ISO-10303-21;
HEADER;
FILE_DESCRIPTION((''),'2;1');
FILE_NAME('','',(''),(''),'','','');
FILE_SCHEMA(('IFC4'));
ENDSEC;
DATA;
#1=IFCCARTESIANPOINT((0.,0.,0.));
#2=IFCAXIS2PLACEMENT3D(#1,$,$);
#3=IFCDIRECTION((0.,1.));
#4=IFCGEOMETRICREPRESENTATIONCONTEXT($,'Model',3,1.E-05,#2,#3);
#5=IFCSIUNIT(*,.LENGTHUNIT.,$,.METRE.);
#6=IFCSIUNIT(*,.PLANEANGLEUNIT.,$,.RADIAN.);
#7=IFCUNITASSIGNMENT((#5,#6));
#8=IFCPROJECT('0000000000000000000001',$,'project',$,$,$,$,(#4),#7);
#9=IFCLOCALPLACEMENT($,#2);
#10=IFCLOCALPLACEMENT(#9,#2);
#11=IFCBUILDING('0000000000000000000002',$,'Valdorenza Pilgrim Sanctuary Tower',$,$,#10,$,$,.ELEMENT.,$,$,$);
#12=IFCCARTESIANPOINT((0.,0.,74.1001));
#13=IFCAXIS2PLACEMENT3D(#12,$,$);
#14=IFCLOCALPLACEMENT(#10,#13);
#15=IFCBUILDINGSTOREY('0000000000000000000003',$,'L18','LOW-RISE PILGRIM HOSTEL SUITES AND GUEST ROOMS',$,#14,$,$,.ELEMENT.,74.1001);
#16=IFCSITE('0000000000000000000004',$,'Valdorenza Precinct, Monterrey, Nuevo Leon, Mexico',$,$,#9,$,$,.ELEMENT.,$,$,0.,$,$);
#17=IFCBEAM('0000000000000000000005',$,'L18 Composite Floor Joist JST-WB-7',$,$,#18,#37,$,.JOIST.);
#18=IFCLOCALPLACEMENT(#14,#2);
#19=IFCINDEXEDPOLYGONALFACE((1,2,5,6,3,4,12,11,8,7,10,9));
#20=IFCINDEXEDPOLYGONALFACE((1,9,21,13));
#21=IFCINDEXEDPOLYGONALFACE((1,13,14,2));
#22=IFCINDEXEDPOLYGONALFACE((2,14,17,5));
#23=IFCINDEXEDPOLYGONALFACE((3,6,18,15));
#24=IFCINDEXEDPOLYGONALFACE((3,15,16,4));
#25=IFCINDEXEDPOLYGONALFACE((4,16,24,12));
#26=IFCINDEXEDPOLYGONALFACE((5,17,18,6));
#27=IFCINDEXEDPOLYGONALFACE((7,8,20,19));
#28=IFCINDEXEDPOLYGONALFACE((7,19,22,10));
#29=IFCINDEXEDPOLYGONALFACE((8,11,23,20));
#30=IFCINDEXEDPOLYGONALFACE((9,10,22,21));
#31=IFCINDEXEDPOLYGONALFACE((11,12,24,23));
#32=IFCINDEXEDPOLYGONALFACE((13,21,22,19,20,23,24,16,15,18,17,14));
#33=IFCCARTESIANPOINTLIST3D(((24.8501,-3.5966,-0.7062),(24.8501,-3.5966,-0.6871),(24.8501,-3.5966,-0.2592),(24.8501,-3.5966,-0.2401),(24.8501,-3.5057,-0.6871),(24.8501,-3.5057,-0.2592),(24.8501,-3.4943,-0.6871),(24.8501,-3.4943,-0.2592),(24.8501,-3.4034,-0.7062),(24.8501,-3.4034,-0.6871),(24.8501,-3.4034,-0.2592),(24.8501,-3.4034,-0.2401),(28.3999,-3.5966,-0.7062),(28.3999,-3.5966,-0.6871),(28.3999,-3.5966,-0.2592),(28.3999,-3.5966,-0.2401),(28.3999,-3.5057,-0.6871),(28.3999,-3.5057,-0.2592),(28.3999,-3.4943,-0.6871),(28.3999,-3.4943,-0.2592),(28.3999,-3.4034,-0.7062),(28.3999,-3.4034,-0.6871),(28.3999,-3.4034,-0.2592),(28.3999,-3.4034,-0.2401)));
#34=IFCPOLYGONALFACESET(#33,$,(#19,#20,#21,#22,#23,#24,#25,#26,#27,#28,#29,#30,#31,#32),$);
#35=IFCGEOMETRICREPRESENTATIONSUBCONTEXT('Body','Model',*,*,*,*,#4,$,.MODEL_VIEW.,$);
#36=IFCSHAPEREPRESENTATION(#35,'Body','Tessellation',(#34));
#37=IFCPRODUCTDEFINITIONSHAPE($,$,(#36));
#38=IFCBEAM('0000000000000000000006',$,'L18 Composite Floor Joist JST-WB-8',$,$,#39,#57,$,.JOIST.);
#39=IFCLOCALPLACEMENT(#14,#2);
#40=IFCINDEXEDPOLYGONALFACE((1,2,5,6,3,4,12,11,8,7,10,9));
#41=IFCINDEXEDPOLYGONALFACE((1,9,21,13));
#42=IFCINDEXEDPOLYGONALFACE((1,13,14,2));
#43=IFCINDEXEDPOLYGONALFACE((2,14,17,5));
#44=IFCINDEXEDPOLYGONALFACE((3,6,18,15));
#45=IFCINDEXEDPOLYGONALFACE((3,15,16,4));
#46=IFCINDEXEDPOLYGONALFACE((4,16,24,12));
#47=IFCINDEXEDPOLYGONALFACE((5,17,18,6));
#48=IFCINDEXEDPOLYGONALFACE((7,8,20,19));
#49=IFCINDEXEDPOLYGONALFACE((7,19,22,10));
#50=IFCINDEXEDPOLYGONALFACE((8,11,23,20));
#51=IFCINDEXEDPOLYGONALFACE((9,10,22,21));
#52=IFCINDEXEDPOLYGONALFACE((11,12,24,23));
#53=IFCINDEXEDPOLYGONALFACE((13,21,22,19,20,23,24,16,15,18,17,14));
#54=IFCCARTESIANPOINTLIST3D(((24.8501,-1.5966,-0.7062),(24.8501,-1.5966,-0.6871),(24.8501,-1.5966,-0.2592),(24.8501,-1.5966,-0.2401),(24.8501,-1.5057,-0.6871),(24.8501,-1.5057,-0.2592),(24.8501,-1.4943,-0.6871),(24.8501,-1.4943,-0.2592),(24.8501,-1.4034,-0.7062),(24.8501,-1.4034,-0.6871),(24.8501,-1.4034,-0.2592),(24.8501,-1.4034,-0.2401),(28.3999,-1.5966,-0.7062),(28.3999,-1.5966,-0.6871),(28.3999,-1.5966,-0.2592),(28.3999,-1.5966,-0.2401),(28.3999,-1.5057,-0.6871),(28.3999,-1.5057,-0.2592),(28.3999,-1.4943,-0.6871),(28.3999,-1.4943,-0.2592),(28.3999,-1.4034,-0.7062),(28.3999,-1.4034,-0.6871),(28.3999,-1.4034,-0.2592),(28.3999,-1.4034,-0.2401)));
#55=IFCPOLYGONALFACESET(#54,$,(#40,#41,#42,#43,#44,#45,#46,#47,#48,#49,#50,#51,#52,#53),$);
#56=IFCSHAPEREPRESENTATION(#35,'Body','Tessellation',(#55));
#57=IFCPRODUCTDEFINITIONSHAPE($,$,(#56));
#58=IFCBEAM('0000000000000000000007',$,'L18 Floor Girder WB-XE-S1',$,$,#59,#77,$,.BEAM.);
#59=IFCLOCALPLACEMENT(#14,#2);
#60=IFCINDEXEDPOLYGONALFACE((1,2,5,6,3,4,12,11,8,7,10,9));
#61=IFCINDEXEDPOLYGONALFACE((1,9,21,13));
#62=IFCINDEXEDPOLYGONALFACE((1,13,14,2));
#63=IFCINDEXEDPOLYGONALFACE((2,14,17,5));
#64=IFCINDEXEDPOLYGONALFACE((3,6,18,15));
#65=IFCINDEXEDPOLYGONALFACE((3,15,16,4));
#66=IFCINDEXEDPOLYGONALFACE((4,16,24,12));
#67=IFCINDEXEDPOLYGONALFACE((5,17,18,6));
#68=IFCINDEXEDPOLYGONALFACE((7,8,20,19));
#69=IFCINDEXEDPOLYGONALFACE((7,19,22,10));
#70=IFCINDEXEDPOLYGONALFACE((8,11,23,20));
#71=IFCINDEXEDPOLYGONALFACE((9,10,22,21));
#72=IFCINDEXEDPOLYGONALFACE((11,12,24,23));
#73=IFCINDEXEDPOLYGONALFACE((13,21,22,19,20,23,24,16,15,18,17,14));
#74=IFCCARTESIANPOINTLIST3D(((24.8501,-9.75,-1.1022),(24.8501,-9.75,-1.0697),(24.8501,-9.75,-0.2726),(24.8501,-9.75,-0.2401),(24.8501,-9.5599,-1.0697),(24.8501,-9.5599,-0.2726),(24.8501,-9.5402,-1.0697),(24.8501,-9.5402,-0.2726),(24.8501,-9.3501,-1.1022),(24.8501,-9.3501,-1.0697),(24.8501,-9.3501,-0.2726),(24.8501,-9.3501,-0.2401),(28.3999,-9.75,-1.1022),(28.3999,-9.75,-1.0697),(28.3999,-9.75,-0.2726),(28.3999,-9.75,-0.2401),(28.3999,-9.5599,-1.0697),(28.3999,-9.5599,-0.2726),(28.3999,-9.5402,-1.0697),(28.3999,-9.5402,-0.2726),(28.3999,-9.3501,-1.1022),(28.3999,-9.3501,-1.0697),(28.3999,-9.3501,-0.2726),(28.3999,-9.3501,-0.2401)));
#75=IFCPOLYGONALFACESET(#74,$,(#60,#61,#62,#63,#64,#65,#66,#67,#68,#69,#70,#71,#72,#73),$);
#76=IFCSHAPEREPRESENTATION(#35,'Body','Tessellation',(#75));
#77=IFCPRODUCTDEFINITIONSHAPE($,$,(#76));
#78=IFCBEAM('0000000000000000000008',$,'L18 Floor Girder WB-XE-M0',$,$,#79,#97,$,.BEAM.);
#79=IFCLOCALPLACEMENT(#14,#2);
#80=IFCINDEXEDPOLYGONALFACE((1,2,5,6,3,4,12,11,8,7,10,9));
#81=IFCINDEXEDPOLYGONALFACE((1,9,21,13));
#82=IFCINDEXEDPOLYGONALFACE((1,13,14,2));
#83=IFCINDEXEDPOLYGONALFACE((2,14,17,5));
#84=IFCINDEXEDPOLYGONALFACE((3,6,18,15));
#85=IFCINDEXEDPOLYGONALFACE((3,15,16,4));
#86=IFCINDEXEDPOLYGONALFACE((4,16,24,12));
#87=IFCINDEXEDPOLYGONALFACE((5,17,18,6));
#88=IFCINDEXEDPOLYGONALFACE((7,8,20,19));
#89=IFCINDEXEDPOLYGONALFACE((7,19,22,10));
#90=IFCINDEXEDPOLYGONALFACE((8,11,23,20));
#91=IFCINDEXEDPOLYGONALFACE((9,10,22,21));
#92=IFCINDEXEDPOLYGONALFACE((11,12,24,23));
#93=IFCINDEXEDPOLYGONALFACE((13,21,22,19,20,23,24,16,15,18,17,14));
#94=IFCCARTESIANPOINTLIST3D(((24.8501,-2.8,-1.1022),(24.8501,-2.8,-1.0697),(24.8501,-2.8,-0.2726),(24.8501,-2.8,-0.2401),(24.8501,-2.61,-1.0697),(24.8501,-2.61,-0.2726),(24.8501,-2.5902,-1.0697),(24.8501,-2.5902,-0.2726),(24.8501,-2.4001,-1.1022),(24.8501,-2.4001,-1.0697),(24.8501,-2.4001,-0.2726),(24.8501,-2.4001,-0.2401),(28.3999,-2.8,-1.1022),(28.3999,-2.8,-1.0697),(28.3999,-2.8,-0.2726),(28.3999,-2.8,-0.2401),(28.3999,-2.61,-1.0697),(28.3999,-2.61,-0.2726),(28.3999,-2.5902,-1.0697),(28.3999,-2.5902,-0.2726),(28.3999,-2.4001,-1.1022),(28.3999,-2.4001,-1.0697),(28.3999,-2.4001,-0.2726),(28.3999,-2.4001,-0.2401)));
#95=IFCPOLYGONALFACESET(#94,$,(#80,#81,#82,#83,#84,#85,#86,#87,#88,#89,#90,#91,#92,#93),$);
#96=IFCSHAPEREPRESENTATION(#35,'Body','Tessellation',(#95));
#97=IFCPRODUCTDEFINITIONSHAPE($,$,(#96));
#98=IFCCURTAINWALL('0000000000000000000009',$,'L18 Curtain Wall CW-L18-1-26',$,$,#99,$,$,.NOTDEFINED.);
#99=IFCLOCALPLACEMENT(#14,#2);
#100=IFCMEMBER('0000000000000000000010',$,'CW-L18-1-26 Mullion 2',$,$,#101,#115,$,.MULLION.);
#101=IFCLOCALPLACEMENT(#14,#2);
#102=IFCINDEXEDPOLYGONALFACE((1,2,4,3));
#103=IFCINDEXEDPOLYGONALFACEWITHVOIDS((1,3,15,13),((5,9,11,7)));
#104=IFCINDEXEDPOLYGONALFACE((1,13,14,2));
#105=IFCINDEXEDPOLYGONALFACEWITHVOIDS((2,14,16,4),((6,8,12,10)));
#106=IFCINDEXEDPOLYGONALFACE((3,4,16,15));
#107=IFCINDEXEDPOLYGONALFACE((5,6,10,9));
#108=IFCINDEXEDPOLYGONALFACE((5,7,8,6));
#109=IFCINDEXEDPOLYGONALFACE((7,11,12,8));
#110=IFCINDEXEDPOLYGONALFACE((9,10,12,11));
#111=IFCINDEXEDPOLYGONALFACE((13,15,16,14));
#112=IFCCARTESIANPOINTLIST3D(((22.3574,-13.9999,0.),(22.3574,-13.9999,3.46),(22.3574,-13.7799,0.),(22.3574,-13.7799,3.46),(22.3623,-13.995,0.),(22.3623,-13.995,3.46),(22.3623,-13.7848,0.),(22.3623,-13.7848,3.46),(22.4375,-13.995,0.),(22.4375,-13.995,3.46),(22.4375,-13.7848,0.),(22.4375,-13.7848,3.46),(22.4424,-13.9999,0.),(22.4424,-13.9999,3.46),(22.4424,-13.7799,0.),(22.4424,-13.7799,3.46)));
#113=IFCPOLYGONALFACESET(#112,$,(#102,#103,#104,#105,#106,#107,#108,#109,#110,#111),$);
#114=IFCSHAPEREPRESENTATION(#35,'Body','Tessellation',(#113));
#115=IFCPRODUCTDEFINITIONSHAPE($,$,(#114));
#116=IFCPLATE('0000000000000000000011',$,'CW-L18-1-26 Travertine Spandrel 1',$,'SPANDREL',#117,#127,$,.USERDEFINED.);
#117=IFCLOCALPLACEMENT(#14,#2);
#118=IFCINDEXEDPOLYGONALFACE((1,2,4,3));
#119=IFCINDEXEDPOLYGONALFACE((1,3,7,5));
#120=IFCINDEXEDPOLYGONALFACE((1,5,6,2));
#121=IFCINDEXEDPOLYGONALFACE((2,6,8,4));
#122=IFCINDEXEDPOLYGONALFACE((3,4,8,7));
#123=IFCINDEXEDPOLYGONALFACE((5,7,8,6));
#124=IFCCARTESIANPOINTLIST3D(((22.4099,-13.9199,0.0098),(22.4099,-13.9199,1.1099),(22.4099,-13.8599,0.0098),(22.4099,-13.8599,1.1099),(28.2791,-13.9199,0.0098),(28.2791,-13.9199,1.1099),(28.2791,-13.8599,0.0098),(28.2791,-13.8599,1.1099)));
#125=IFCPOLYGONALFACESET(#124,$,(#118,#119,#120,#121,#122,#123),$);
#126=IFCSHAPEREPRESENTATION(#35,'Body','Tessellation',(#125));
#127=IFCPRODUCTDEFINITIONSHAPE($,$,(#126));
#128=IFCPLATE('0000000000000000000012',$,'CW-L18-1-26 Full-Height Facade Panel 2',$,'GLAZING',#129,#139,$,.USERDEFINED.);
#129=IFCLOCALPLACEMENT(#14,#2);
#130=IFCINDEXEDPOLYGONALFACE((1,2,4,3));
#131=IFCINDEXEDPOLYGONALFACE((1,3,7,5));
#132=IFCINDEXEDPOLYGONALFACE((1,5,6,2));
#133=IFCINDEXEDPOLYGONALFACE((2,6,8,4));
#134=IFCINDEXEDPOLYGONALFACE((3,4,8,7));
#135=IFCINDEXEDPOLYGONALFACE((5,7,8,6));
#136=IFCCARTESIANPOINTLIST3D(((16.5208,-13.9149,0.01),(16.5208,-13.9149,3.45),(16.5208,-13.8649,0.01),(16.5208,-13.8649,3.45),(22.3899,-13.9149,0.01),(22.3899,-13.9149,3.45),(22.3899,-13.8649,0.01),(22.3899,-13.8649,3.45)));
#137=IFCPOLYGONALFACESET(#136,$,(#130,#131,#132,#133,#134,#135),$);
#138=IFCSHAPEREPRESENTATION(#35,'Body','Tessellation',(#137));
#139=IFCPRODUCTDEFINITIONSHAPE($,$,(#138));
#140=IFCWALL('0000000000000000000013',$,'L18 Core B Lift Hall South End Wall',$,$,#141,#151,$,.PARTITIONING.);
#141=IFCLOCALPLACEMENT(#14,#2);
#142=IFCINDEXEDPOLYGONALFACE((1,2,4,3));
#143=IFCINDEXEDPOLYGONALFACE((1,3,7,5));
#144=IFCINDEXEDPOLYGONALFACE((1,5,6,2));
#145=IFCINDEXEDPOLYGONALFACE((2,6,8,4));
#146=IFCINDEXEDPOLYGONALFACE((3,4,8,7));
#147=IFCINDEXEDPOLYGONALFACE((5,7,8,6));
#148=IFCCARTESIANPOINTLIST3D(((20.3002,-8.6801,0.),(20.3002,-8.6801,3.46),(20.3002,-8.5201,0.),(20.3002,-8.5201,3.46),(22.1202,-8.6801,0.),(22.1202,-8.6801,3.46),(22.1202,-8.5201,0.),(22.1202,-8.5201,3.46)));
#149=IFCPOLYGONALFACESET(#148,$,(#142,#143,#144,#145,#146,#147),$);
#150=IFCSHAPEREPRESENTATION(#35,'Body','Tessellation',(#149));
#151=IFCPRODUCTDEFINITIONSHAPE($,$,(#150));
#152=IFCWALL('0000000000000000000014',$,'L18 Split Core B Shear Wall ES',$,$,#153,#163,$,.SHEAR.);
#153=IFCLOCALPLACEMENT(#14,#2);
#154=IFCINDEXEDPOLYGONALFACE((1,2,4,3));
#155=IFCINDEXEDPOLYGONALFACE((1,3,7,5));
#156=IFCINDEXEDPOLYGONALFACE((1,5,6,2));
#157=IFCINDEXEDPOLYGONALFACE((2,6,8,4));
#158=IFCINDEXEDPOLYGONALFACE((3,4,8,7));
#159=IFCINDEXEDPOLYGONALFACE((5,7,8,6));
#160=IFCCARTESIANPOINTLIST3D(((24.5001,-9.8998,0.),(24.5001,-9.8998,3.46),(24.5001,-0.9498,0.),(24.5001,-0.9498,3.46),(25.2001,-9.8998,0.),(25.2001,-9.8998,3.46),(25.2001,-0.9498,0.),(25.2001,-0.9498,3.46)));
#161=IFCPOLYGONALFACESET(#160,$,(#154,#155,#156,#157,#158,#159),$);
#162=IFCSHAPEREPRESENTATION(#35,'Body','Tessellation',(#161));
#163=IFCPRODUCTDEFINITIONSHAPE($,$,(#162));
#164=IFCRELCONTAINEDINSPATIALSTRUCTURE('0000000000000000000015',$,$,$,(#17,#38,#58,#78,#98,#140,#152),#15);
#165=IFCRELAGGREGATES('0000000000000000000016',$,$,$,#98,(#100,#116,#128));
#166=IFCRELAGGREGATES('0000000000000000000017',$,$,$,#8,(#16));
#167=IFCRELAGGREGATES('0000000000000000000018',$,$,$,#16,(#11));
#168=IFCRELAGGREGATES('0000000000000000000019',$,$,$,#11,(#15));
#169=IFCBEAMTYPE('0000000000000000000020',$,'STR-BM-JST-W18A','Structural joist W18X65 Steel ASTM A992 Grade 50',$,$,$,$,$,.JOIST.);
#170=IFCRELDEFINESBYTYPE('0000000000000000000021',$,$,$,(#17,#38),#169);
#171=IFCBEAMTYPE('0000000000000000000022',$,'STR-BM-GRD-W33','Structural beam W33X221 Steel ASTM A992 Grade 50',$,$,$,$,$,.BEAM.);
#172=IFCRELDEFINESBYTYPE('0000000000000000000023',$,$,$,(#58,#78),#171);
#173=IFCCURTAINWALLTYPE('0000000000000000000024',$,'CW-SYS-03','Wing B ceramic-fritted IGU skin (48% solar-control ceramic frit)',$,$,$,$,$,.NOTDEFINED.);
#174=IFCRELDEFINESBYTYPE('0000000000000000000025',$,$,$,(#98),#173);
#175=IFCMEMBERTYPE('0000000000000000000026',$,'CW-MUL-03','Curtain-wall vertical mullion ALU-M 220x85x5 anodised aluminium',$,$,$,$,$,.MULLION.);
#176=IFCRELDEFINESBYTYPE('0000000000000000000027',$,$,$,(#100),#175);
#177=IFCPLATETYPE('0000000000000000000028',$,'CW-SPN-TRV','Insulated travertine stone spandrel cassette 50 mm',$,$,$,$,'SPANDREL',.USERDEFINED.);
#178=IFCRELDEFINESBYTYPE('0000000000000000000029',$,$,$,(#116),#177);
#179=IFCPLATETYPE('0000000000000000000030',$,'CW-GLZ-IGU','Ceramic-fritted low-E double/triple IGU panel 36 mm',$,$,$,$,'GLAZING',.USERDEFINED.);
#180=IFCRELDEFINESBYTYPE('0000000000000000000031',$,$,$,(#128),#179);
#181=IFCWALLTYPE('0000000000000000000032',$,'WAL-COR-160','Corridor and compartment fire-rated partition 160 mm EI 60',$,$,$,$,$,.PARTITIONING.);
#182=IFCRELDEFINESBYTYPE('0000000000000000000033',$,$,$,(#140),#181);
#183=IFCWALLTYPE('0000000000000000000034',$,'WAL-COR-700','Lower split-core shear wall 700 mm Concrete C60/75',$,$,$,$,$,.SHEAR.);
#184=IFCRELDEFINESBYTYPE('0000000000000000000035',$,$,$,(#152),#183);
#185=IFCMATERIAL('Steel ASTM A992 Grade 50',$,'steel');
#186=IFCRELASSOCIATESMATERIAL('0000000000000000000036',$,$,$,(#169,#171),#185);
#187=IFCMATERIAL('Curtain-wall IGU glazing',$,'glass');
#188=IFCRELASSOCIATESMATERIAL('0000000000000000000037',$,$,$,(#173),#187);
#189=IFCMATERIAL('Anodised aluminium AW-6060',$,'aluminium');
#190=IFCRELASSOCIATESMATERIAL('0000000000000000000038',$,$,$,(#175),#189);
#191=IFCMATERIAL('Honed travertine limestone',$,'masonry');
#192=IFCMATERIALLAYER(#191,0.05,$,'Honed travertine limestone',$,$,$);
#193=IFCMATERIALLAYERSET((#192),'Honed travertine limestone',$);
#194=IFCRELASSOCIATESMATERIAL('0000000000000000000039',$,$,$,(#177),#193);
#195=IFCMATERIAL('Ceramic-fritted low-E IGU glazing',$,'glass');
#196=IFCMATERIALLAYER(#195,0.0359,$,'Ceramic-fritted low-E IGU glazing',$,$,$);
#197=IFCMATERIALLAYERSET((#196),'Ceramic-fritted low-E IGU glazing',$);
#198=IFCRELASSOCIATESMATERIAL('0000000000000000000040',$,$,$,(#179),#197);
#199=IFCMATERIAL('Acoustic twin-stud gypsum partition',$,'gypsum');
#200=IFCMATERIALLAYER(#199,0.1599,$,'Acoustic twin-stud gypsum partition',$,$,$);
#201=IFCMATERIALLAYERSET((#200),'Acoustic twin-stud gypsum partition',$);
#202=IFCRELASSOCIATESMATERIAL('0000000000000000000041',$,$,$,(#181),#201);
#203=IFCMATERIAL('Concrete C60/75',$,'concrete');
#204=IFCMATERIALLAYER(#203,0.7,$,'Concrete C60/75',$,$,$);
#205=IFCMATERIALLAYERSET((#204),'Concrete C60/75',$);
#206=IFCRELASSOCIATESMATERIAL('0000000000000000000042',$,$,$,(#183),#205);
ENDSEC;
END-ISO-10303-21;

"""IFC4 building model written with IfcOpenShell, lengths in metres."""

from ifc_helpers import new_model, si_unit, direction, frame, frame_2d, origin, origin_2d, place, context, subcontext, project, spatial, rectangle, hollow_rectangle, i_section, extrude, source, transform, mapped, material, layer, layer_set, material_profile, profile_set, type_object, element, aggregate, save


model = new_model("IFC4")

# Units and contexts
model_context = context("Model", 3, precision=1e-05, world=origin(), true_north=direction((0.0, 1.0)))
body_context = subcontext(model_context, "Body", "Model", "MODEL_VIEW")
ifc_project = project(units=[si_unit("LENGTHUNIT", "METRE"), si_unit("PLANEANGLEUNIT", "RADIAN")], contexts=[model_context])

# Site, building, storey
site_placement = place(None, origin())
site = spatial("IfcSite", under=ifc_project, at=site_placement, Name="Valdorenza Precinct, Monterrey, Nuevo Leon, Mexico", CompositionType="ELEMENT", RefElevation=0.0)
building_placement = place(site_placement, origin())
building = spatial("IfcBuilding", under=site, at=building_placement, Name="Valdorenza Pilgrim Sanctuary Tower", CompositionType="ELEMENT")
storey_placement = place(building_placement, frame((0.0, 0.0, 74.1001)))
storey = spatial("IfcBuildingStorey", under=building, at=storey_placement, Name="L18", Description="LOW-RISE PILGRIM HOSTEL SUITES AND GUEST ROOMS", CompositionType="ELEMENT", Elevation=74.1001)

# Shared definitions
ifc_material_1 = material(Name="Concrete C60/75", Category="concrete")

# Beams
ifc_material_2 = material(Name="Steel ASTM A992 Grade 50", Category="steel")
ifc_material_profile_1 = material_profile(ifc_material_2, i_section(OverallWidth=0.1931, OverallDepth=0.4661, WebThickness=0.0115, FlangeThickness=0.019, at=origin_2d()), Name="W18X65")
ifc_profile_set_1 = profile_set([ifc_material_profile_1], Name="Steel ASTM A992 Grade 50")
beam_type_1 = type_object("IfcBeamType", Name="STR-BM-JST-W18A", Description="Structural joist W18X65 Steel ASTM A992 Grade 50", PredefinedType="JOIST", material=ifc_profile_set_1)
shared_shape_1 = source(origin(), body_context, "Body", "SweptSolid", [
    extrude(i_section(OverallWidth=0.1931, OverallDepth=0.4661, WebThickness=0.0115, FlangeThickness=0.019, at=origin_2d()), origin(), (0.0, 0.0, 1.0), 3.5498),
])
for number, where, z_axis, x_axis, name in (
    (1, (24.8501, -3.5, -0.4731), (1.0, 0.0, 0.0), (0.0, 1.0, 0.0), "L18 Composite Floor Joist JST-WB-7"),
    (2, (24.8501, -1.5, -0.4731), (1.0, 0.0, 0.0), (0.0, 1.0, 0.0), "L18 Composite Floor Joist JST-WB-8"),
):
    element("IfcBeam", number, at=place(storey_placement, frame(where, z_axis=z_axis, x_axis=x_axis)), inside=storey, type_object=beam_type_1, Name=name, PredefinedType="JOIST", context=body_context, shape_type="MappedRepresentation", body=[
        mapped(shared_shape_1, transform((0.0, 0.0, 0.0), x_axis=(1.0, 0.0, 0.0), y_axis=(0.0, 1.0, 0.0), z_axis=(0.0, 0.0, 1.0), scale=1.0)),
    ])
ifc_material_profile_2 = material_profile(ifc_material_2, i_section(OverallWidth=0.3999, OverallDepth=0.8621, WebThickness=0.0198, FlangeThickness=0.0325, at=origin_2d()), Name="W33X221")
ifc_profile_set_2 = profile_set([ifc_material_profile_2], Name="Steel ASTM A992 Grade 50")
beam_type_2 = type_object("IfcBeamType", Name="STR-BM-GRD-W33", Description="Structural beam W33X221 Steel ASTM A992 Grade 50", PredefinedType="BEAM", material=ifc_profile_set_2)
shared_shape_2 = source(origin(), body_context, "Body", "SweptSolid", [
    extrude(i_section(OverallWidth=0.3999, OverallDepth=0.8621, WebThickness=0.0198, FlangeThickness=0.0325, at=origin_2d()), origin(), (0.0, 0.0, 1.0), 3.5498),
])
for number, where, z_axis, x_axis, name in (
    (3, (24.8501, -9.55, -0.6711), (1.0, 0.0, 0.0), (0.0, 1.0, 0.0), "L18 Floor Girder WB-XE-S1"),
    (4, (24.8501, -2.6001, -0.6711), (1.0, 0.0, 0.0), (0.0, 1.0, 0.0), "L18 Floor Girder WB-XE-M0"),
):
    element("IfcBeam", number, at=place(storey_placement, frame(where, z_axis=z_axis, x_axis=x_axis)), inside=storey, type_object=beam_type_2, Name=name, PredefinedType="BEAM", context=body_context, shape_type="MappedRepresentation", body=[
        mapped(shared_shape_2, transform((0.0, 0.0, 0.0), x_axis=(1.0, 0.0, 0.0), y_axis=(0.0, 1.0, 0.0), z_axis=(0.0, 0.0, 1.0), scale=1.0)),
    ])

# Curtain wall, member, plates
ifc_material_3 = material(Name="Curtain-wall IGU glazing", Category="glass")
curtain_wall_type = type_object("IfcCurtainWallType", Name="CW-SYS-03", Description="Wing B ceramic-fritted IGU skin (48% solar-control ceramic frit)", PredefinedType="NOTDEFINED", material=ifc_material_3)
curtain_wall_placement = place(storey_placement, origin())
curtain_wall = element("IfcCurtainWall", 5, at=curtain_wall_placement, inside=storey, type_object=curtain_wall_type, Name="L18 Curtain Wall CW-L18-1-26", PredefinedType="NOTDEFINED")
ifc_material_4 = material(Name="Anodised aluminium AW-6060", Category="aluminium")
ifc_material_profile_3 = material_profile(ifc_material_4, hollow_rectangle(XDim=0.085, YDim=0.22, WallThickness=0.0049, at=origin_2d()), Name="ALU-M 220x85x5")
ifc_profile_set_3 = profile_set([ifc_material_profile_3], Name="Anodised aluminium AW-6060")
member_type = type_object("IfcMemberType", Name="CW-MUL-03", Description="Curtain-wall vertical mullion ALU-M 220x85x5 anodised aluminium", PredefinedType="MULLION", material=ifc_profile_set_3)
shared_shape_3 = source(origin(), body_context, "Body", "SweptSolid", [
    extrude(hollow_rectangle(XDim=0.085, YDim=0.22, WallThickness=0.0049, at=origin_2d()), origin(), (0.0, 0.0, 1.0), 3.46),
])
member_placement = place(storey_placement, frame((22.3999, -13.8899, 0.0), z_axis=(0.0, 0.0, 1.0), x_axis=(-1.0, 0.0, 0.0)))
member = element("IfcMember", 6, at=member_placement, type_object=member_type, Name="CW-L18-1-26 Mullion 2", PredefinedType="MULLION", context=body_context, shape_type="MappedRepresentation", body=[
    mapped(shared_shape_3, transform((0.0, 0.0, 0.0), x_axis=(1.0, 0.0, 0.0), y_axis=(0.0, 1.0, 0.0), z_axis=(0.0, 0.0, 1.0), scale=1.0)),
])
ifc_material_5 = material(Name="Honed travertine limestone", Category="masonry")
ifc_layer_1 = layer(ifc_material_5, 0.05, Name="Honed travertine limestone")
ifc_layer_set_1 = layer_set([ifc_layer_1], Name="Honed travertine limestone")
plate_type_1 = type_object("IfcPlateType", Name="CW-SPN-TRV", Description="Insulated travertine stone spandrel cassette 50 mm", ElementType="SPANDREL", PredefinedType="USERDEFINED", material=ifc_layer_set_1)
shared_shape_4 = source(origin(), body_context, "Body", "SweptSolid", [
    extrude(rectangle(XDim=5.8691, YDim=0.0601, at=origin_2d()), origin(), (0.0, 0.0, 1.0), 1.1001),
])
plate_1_placement = place(storey_placement, frame((25.3445, -13.8899, 0.0098), z_axis=(0.0, 0.0, 1.0), x_axis=(-1.0, 0.0, 0.0)))
plate_1 = element("IfcPlate", 7, at=plate_1_placement, type_object=plate_type_1, Name="CW-L18-1-26 Travertine Spandrel 1", ObjectType="SPANDREL", PredefinedType="USERDEFINED", context=body_context, shape_type="MappedRepresentation", body=[
    mapped(shared_shape_4, transform((0.0, 0.0, 0.0), x_axis=(1.0, 0.0, 0.0), y_axis=(0.0, 1.0, 0.0), z_axis=(0.0, 0.0, 1.0), scale=1.0)),
])
ifc_material_6 = material(Name="Ceramic-fritted low-E IGU glazing", Category="glass")
ifc_layer_2 = layer(ifc_material_6, 0.0359, Name="Ceramic-fritted low-E IGU glazing")
ifc_layer_set_2 = layer_set([ifc_layer_2], Name="Ceramic-fritted low-E IGU glazing")
plate_type_2 = type_object("IfcPlateType", Name="CW-GLZ-IGU", Description="Ceramic-fritted low-E double/triple IGU panel 36 mm", ElementType="GLAZING", PredefinedType="USERDEFINED", material=ifc_layer_set_2)
shared_shape_5 = source(origin(), body_context, "Body", "SweptSolid", [
    extrude(rectangle(XDim=5.8691, YDim=0.05, at=origin_2d()), origin(), (0.0, 0.0, 1.0), 3.4399),
])
plate_2_placement = place(storey_placement, frame((19.4553, -13.8899, 0.01), z_axis=(0.0, 0.0, 1.0), x_axis=(-1.0, 0.0, 0.0)))
plate_2 = element("IfcPlate", 8, at=plate_2_placement, type_object=plate_type_2, Name="CW-L18-1-26 Full-Height Facade Panel 2", ObjectType="GLAZING", PredefinedType="USERDEFINED", context=body_context, shape_type="MappedRepresentation", body=[
    mapped(shared_shape_5, transform((0.0, 0.0, 0.0), x_axis=(1.0, 0.0, 0.0), y_axis=(0.0, 1.0, 0.0), z_axis=(0.0, 0.0, 1.0), scale=1.0)),
])
aggregate(curtain_wall, [member, plate_1, plate_2])

# Walls
ifc_material_7 = material(Name="Acoustic twin-stud gypsum partition", Category="gypsum")
ifc_layer_3 = layer(ifc_material_7, 0.1599, Name="Acoustic twin-stud gypsum partition")
ifc_layer_set_3 = layer_set([ifc_layer_3], Name="Acoustic twin-stud gypsum partition")
wall_type_1 = type_object("IfcWallType", Name="WAL-COR-160", Description="Corridor and compartment fire-rated partition 160 mm EI 60", PredefinedType="PARTITIONING", material=ifc_layer_set_3)
wall_1_placement = place(storey_placement, frame((20.3, -8.6001, 0.0), z_axis=(0.0, 0.0, 1.0), x_axis=(1.0, 0.0, 0.0)))
element("IfcWall", 9, at=wall_1_placement, inside=storey, type_object=wall_type_1, Name="L18 Core B Lift Hall South End Wall", PredefinedType="PARTITIONING", context=body_context, shape_type="SweptSolid", body=[
    extrude(rectangle(XDim=1.8201, YDim=0.1599, at=frame_2d((0.9102, 0.0))), origin(), (0.0, 0.0, 1.0), 3.46),
])
ifc_layer_4 = layer(ifc_material_1, 0.7, Name="Concrete C60/75")
ifc_layer_set_4 = layer_set([ifc_layer_4], Name="Concrete C60/75")
wall_type_2 = type_object("IfcWallType", Name="WAL-COR-700", Description="Lower split-core shear wall 700 mm Concrete C60/75", PredefinedType="SHEAR", material=ifc_layer_set_4)
wall_2_placement = place(storey_placement, frame((24.8501, -9.8999, 0.0), z_axis=(0.0, 0.0, 1.0), x_axis=(0.0, 1.0, 0.0)))
element("IfcWall", 10, at=wall_2_placement, inside=storey, type_object=wall_type_2, Name="L18 Split Core B Shear Wall ES", PredefinedType="SHEAR", context=body_context, shape_type="SweptSolid", body=[
    extrude(rectangle(XDim=8.95, YDim=0.7, at=frame_2d((4.4751, 0.0))), origin(), (0.0, 0.0, 1.0), 3.46),
])

save(model, "model.ifc")
